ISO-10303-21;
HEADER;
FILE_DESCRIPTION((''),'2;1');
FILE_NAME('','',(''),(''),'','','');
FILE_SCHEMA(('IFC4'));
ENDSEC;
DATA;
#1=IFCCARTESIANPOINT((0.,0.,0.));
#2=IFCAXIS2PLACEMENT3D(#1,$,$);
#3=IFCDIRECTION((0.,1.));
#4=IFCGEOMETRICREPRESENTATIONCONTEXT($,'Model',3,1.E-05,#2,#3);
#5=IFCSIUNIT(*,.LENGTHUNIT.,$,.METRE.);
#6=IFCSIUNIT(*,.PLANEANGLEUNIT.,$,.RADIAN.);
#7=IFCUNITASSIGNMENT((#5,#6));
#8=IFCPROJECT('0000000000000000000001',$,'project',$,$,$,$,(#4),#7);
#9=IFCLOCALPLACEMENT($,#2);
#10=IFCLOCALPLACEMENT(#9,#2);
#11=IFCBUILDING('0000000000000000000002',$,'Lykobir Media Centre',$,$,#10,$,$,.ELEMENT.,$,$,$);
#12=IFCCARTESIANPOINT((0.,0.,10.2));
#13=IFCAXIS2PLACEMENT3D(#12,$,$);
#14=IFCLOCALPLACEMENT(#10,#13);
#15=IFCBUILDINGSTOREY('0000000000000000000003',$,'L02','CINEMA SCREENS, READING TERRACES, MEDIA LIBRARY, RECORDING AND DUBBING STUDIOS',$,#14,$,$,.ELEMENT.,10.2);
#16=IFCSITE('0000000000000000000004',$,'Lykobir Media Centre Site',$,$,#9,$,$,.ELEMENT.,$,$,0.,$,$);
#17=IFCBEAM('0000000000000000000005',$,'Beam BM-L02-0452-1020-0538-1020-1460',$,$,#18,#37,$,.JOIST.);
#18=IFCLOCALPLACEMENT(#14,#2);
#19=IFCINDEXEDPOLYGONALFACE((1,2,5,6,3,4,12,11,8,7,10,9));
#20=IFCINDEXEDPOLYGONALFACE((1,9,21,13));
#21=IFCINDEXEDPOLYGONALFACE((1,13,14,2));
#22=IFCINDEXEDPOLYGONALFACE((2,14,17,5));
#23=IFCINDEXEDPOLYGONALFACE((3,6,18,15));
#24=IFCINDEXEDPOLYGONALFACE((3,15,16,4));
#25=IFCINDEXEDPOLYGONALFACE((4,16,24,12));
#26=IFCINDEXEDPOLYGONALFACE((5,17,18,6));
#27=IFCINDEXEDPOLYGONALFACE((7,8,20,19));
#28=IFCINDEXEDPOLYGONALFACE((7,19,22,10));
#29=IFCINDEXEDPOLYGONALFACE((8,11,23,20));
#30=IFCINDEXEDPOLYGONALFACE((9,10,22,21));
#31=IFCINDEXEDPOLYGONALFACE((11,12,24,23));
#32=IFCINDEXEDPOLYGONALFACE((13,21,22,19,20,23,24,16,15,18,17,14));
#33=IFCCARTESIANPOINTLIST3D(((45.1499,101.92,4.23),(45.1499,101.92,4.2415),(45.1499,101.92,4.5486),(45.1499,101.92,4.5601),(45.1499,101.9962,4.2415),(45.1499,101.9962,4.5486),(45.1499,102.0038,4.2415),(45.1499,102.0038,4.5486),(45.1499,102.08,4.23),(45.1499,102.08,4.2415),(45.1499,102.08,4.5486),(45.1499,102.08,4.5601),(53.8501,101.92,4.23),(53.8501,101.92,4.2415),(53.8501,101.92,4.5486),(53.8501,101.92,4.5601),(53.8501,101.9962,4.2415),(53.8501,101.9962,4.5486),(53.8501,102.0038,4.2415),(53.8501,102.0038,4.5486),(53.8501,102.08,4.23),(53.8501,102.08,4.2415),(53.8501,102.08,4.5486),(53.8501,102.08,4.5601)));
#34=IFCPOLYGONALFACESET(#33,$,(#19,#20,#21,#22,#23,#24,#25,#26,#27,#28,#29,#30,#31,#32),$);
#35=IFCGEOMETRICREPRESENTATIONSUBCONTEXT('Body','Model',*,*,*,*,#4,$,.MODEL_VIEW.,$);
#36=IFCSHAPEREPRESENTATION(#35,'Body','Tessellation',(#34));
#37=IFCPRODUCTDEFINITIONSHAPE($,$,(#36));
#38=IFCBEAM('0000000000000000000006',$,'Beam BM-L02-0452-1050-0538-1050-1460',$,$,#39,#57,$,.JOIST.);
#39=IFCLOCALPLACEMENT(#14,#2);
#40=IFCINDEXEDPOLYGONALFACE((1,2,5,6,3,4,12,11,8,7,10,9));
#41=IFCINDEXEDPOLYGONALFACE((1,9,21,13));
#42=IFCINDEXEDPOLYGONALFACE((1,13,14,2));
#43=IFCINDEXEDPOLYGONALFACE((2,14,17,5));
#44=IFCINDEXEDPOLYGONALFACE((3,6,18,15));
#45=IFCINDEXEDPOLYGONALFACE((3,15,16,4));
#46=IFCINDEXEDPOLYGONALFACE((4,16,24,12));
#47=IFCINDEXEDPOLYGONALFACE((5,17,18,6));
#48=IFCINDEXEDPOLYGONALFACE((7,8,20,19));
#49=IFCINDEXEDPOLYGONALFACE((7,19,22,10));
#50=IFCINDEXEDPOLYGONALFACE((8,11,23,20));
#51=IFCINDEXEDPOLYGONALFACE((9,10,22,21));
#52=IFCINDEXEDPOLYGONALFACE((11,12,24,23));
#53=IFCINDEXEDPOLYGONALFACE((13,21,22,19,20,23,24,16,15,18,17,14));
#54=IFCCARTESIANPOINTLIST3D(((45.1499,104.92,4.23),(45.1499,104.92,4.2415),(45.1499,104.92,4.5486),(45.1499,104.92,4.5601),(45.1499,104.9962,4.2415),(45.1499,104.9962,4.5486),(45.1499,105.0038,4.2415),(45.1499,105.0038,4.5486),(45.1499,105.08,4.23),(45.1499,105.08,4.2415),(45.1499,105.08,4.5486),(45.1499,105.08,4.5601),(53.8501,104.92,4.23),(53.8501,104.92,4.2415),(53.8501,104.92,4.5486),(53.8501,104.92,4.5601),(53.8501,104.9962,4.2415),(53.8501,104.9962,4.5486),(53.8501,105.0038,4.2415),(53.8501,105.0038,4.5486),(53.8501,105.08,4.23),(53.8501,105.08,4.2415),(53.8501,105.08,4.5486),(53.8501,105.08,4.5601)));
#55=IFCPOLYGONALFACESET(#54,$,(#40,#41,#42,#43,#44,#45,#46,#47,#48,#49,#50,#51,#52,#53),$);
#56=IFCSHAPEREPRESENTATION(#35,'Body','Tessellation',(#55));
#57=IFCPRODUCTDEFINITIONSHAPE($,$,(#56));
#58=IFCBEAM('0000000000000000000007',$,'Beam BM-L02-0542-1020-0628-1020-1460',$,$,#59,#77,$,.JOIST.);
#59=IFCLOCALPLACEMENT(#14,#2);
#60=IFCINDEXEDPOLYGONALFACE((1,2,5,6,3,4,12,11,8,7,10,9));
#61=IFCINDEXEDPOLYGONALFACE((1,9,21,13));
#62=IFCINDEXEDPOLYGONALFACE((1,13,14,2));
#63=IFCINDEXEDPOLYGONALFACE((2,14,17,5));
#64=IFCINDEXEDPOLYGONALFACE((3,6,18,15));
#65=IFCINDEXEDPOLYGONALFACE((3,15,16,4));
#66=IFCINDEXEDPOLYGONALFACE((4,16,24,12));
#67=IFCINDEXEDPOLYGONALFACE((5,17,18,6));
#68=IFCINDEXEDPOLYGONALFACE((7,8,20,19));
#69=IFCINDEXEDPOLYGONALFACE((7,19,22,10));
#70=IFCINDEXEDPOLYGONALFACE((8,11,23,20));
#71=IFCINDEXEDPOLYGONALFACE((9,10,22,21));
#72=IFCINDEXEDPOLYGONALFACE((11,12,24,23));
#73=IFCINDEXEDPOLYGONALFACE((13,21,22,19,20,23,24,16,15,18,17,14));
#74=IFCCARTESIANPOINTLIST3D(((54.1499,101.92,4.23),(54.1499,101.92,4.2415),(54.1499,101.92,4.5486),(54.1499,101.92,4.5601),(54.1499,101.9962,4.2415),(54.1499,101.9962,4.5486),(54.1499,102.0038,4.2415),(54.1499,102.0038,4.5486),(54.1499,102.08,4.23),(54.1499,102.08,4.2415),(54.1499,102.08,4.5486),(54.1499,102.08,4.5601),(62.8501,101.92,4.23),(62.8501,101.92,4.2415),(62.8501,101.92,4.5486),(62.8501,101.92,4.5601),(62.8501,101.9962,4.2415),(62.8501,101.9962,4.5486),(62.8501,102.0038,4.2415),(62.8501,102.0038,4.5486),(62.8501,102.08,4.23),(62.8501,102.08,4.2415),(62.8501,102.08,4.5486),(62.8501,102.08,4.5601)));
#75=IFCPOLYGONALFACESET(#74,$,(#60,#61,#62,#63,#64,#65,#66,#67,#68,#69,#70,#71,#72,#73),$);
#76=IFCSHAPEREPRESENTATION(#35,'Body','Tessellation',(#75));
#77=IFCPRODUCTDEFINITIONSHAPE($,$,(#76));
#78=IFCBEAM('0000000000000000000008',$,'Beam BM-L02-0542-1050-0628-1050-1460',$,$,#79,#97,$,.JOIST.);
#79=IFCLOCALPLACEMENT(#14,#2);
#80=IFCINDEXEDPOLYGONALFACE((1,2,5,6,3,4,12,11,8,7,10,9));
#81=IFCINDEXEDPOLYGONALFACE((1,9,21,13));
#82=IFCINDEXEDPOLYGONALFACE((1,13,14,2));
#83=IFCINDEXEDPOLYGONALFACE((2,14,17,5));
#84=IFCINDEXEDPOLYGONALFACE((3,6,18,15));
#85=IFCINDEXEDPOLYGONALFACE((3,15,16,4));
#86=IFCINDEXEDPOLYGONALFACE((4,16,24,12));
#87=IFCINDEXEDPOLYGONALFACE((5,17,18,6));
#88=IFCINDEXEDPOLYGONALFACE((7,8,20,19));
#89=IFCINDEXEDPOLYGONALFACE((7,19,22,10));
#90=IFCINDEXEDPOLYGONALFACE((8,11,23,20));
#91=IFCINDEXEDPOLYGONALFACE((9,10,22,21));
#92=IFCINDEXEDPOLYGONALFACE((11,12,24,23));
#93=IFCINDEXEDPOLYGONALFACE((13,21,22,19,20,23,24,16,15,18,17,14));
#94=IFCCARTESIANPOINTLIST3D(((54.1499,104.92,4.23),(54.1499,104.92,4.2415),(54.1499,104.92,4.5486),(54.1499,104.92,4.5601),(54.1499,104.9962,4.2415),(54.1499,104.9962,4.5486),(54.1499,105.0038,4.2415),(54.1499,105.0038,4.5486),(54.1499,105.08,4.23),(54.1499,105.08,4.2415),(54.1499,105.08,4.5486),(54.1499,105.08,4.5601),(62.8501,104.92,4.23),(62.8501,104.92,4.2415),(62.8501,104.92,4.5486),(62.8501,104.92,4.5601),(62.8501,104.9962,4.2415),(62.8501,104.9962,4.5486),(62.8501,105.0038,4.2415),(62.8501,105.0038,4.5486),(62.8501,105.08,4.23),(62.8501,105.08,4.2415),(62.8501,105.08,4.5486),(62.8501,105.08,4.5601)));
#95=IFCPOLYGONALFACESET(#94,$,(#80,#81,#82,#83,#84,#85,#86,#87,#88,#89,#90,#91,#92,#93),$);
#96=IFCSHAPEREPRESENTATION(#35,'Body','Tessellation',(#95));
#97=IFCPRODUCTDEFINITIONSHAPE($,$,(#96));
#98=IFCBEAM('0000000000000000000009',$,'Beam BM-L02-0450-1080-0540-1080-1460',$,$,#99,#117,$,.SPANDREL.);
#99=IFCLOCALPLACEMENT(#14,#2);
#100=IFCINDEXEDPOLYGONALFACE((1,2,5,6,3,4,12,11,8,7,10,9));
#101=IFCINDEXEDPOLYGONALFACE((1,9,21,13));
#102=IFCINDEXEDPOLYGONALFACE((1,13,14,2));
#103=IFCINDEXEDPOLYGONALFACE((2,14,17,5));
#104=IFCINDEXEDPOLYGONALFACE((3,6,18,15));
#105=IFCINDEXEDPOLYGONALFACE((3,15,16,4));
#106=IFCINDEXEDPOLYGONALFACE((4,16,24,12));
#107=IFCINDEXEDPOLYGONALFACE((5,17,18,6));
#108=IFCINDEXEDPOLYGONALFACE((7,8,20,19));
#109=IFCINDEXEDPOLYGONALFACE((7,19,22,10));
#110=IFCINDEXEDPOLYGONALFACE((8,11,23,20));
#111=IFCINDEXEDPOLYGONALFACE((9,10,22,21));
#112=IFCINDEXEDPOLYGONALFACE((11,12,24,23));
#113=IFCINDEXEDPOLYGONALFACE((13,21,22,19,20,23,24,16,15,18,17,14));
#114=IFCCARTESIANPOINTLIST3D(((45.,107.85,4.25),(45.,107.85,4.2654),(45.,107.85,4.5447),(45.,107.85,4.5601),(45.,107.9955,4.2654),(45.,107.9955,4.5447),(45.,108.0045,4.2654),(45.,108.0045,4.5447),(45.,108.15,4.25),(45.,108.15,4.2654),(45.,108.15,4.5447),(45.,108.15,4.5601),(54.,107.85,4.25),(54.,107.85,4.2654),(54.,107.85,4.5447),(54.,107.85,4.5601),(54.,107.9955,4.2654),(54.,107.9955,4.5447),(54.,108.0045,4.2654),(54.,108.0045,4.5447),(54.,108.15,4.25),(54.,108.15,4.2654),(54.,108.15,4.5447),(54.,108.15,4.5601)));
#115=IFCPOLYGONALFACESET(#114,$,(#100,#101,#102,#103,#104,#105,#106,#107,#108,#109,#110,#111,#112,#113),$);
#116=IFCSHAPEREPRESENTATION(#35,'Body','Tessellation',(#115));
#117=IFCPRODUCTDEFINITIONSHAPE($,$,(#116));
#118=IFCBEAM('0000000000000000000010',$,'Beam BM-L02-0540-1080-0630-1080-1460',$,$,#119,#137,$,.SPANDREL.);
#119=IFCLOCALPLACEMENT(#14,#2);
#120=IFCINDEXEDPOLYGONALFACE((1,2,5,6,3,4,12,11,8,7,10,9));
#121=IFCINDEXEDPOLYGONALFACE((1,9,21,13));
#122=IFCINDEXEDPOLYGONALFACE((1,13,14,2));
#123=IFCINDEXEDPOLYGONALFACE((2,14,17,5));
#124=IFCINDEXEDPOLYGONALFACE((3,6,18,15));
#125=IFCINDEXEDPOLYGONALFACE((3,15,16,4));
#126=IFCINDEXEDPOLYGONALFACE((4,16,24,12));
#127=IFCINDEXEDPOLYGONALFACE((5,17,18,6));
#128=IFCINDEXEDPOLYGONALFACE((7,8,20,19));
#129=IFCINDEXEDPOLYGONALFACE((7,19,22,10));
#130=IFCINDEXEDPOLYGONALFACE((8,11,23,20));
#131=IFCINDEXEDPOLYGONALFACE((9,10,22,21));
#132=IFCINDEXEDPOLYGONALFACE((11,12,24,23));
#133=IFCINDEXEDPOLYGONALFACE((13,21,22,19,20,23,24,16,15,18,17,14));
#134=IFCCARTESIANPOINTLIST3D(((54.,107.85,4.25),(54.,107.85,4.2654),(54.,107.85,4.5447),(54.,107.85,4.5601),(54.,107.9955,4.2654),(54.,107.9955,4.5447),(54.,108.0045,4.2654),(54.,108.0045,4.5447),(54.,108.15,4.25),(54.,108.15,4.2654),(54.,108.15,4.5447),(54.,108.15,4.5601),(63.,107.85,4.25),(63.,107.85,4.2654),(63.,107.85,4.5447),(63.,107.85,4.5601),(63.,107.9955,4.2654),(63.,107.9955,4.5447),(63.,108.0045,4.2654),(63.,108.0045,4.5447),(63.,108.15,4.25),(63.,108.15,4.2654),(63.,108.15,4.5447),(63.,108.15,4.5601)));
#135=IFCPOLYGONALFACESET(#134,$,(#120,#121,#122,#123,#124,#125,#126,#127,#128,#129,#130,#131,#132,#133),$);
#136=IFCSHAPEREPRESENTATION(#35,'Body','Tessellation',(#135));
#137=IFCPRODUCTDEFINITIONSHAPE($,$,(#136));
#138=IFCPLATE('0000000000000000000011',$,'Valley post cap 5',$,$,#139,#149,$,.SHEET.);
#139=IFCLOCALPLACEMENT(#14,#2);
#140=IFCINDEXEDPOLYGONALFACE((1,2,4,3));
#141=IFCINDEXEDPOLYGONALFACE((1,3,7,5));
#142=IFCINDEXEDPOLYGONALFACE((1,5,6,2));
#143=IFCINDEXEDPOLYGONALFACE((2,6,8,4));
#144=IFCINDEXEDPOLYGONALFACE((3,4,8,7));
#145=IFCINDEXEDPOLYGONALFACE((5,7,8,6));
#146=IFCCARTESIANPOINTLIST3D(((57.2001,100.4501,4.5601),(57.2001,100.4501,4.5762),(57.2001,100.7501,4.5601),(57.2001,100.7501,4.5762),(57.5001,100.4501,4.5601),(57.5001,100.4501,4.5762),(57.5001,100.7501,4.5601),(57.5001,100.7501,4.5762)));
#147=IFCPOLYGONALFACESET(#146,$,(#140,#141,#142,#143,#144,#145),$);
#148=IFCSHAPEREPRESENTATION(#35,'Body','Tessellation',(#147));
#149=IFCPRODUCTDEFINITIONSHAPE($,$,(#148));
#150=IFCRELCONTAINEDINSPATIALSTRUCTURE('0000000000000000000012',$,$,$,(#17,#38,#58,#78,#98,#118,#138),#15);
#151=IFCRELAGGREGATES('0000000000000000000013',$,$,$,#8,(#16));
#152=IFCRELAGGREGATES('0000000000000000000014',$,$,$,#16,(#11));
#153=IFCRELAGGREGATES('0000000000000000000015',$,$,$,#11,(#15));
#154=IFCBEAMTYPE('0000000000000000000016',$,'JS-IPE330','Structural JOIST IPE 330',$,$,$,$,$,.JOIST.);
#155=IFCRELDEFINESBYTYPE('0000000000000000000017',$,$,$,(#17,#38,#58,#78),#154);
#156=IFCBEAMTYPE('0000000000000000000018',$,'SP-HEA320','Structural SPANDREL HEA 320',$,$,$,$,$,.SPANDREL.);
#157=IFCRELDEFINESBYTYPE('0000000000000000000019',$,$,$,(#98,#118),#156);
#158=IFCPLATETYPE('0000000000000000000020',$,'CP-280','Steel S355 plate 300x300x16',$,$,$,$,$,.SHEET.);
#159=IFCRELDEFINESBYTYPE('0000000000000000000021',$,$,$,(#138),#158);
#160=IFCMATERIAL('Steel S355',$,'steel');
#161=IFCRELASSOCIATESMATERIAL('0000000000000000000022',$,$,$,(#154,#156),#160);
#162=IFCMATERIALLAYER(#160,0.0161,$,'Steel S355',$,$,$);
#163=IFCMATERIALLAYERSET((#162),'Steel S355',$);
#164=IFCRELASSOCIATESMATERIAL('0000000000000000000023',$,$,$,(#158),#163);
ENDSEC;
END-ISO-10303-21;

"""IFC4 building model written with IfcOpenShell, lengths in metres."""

from ifc_helpers import new_model, si_unit, direction, frame, origin, origin_2d, place, context, subcontext, project, spatial, rectangle, i_section, extrude, material, layer, layer_set, material_profile, profile_set, type_object, element, save


model = new_model("IFC4")

# Units and contexts
model_context = context("Model", 3, precision=1e-05, world=origin(), true_north=direction((0.0, 1.0)))
body_context = subcontext(model_context, "Body", "Model", "MODEL_VIEW")
ifc_project = project(units=[si_unit("LENGTHUNIT", "METRE"), si_unit("PLANEANGLEUNIT", "RADIAN")], contexts=[model_context])

# Site, building, storey
site_placement = place(None, origin())
site = spatial("IfcSite", under=ifc_project, at=site_placement, Name="Lykobir Media Centre Site", CompositionType="ELEMENT", RefElevation=0.0)
building_placement = place(site_placement, origin())
building = spatial("IfcBuilding", under=site, at=building_placement, Name="Lykobir Media Centre", CompositionType="ELEMENT")
storey_placement = place(building_placement, frame((0.0, 0.0, 10.2)))
storey = spatial("IfcBuildingStorey", under=building, at=storey_placement, Name="L02", Description="CINEMA SCREENS, READING TERRACES, MEDIA LIBRARY, RECORDING AND DUBBING STUDIOS", CompositionType="ELEMENT", Elevation=10.2)

# Shared definitions
ifc_material_1 = material(Name="Steel S355", Category="steel")

# Beams
ifc_material_profile_1 = material_profile(ifc_material_1, i_section(OverallWidth=0.1599, OverallDepth=0.3301, WebThickness=0.0076, FlangeThickness=0.0115, at=origin_2d()), Name="IPE 330")
ifc_profile_set_1 = profile_set([ifc_material_profile_1], Name="Steel S355")
beam_type_1 = type_object("IfcBeamType", Name="JS-IPE330", Description="Structural JOIST IPE 330", PredefinedType="JOIST", material=ifc_profile_set_1)
for number, where, z_axis, x_axis, name in (
    (1, (45.1499, 102.0, 4.395), (1.0, 0.0, 0.0), (0.0, 1.0, 0.0), "Beam BM-L02-0452-1020-0538-1020-1460"),
    (2, (45.1499, 105.0, 4.395), (1.0, 0.0, 0.0), (0.0, 1.0, 0.0), "Beam BM-L02-0452-1050-0538-1050-1460"),
    (3, (54.1499, 102.0, 4.395), (1.0, 0.0, 0.0), (0.0, 1.0, 0.0), "Beam BM-L02-0542-1020-0628-1020-1460"),
    (4, (54.1499, 105.0, 4.395), (1.0, 0.0, 0.0), (0.0, 1.0, 0.0), "Beam BM-L02-0542-1050-0628-1050-1460"),
):
    element("IfcBeam", number, at=place(storey_placement, frame(where, z_axis=z_axis, x_axis=x_axis)), inside=storey, type_object=beam_type_1, Name=name, PredefinedType="JOIST", context=body_context, shape_type="SweptSolid", body=[
        extrude(i_section(OverallWidth=0.1599, OverallDepth=0.3301, WebThickness=0.0076, FlangeThickness=0.0115, at=origin_2d()), origin(), (0.0, 0.0, 1.0), 8.7002),
    ])
ifc_material_profile_2 = material_profile(ifc_material_1, i_section(OverallWidth=0.3, OverallDepth=0.3101, WebThickness=0.009, FlangeThickness=0.0154, at=origin_2d()), Name="HEA 320")
ifc_profile_set_2 = profile_set([ifc_material_profile_2], Name="Steel S355")
beam_type_2 = type_object("IfcBeamType", Name="SP-HEA320", Description="Structural SPANDREL HEA 320", PredefinedType="SPANDREL", material=ifc_profile_set_2)
for number, where, z_axis, x_axis, name in (
    (5, (45.0, 108.0, 4.405), (1.0, 0.0, 0.0), (0.0, 1.0, 0.0), "Beam BM-L02-0450-1080-0540-1080-1460"),
    (6, (54.0, 108.0, 4.405), (1.0, 0.0, 0.0), (0.0, 1.0, 0.0), "Beam BM-L02-0540-1080-0630-1080-1460"),
):
    element("IfcBeam", number, at=place(storey_placement, frame(where, z_axis=z_axis, x_axis=x_axis)), inside=storey, type_object=beam_type_2, Name=name, PredefinedType="SPANDREL", context=body_context, shape_type="SweptSolid", body=[
        extrude(i_section(OverallWidth=0.3, OverallDepth=0.3101, WebThickness=0.009, FlangeThickness=0.0154, at=origin_2d()), origin(), (0.0, 0.0, 1.0), 9.0),
    ])

# Plate
ifc_layer = layer(ifc_material_1, 0.0161, Name="Steel S355")
ifc_layer_set = layer_set([ifc_layer], Name="Steel S355")
plate_type = type_object("IfcPlateType", Name="CP-280", Description="Steel S355 plate 300x300x16", PredefinedType="SHEET", material=ifc_layer_set)
plate_placement = place(storey_placement, frame((57.3501, 100.6001, 4.5601), z_axis=(0.0, 0.0, 1.0), x_axis=(1.0, 0.0, 0.0)))
element("IfcPlate", 7, at=plate_placement, inside=storey, type_object=plate_type, Name="Valley post cap 5", PredefinedType="SHEET", context=body_context, shape_type="SweptSolid", body=[
    extrude(rectangle(XDim=0.3, YDim=0.3, at=origin_2d()), origin(), (0.0, 0.0, 1.0), 0.0161),
])

save(model, "model.ifc")
